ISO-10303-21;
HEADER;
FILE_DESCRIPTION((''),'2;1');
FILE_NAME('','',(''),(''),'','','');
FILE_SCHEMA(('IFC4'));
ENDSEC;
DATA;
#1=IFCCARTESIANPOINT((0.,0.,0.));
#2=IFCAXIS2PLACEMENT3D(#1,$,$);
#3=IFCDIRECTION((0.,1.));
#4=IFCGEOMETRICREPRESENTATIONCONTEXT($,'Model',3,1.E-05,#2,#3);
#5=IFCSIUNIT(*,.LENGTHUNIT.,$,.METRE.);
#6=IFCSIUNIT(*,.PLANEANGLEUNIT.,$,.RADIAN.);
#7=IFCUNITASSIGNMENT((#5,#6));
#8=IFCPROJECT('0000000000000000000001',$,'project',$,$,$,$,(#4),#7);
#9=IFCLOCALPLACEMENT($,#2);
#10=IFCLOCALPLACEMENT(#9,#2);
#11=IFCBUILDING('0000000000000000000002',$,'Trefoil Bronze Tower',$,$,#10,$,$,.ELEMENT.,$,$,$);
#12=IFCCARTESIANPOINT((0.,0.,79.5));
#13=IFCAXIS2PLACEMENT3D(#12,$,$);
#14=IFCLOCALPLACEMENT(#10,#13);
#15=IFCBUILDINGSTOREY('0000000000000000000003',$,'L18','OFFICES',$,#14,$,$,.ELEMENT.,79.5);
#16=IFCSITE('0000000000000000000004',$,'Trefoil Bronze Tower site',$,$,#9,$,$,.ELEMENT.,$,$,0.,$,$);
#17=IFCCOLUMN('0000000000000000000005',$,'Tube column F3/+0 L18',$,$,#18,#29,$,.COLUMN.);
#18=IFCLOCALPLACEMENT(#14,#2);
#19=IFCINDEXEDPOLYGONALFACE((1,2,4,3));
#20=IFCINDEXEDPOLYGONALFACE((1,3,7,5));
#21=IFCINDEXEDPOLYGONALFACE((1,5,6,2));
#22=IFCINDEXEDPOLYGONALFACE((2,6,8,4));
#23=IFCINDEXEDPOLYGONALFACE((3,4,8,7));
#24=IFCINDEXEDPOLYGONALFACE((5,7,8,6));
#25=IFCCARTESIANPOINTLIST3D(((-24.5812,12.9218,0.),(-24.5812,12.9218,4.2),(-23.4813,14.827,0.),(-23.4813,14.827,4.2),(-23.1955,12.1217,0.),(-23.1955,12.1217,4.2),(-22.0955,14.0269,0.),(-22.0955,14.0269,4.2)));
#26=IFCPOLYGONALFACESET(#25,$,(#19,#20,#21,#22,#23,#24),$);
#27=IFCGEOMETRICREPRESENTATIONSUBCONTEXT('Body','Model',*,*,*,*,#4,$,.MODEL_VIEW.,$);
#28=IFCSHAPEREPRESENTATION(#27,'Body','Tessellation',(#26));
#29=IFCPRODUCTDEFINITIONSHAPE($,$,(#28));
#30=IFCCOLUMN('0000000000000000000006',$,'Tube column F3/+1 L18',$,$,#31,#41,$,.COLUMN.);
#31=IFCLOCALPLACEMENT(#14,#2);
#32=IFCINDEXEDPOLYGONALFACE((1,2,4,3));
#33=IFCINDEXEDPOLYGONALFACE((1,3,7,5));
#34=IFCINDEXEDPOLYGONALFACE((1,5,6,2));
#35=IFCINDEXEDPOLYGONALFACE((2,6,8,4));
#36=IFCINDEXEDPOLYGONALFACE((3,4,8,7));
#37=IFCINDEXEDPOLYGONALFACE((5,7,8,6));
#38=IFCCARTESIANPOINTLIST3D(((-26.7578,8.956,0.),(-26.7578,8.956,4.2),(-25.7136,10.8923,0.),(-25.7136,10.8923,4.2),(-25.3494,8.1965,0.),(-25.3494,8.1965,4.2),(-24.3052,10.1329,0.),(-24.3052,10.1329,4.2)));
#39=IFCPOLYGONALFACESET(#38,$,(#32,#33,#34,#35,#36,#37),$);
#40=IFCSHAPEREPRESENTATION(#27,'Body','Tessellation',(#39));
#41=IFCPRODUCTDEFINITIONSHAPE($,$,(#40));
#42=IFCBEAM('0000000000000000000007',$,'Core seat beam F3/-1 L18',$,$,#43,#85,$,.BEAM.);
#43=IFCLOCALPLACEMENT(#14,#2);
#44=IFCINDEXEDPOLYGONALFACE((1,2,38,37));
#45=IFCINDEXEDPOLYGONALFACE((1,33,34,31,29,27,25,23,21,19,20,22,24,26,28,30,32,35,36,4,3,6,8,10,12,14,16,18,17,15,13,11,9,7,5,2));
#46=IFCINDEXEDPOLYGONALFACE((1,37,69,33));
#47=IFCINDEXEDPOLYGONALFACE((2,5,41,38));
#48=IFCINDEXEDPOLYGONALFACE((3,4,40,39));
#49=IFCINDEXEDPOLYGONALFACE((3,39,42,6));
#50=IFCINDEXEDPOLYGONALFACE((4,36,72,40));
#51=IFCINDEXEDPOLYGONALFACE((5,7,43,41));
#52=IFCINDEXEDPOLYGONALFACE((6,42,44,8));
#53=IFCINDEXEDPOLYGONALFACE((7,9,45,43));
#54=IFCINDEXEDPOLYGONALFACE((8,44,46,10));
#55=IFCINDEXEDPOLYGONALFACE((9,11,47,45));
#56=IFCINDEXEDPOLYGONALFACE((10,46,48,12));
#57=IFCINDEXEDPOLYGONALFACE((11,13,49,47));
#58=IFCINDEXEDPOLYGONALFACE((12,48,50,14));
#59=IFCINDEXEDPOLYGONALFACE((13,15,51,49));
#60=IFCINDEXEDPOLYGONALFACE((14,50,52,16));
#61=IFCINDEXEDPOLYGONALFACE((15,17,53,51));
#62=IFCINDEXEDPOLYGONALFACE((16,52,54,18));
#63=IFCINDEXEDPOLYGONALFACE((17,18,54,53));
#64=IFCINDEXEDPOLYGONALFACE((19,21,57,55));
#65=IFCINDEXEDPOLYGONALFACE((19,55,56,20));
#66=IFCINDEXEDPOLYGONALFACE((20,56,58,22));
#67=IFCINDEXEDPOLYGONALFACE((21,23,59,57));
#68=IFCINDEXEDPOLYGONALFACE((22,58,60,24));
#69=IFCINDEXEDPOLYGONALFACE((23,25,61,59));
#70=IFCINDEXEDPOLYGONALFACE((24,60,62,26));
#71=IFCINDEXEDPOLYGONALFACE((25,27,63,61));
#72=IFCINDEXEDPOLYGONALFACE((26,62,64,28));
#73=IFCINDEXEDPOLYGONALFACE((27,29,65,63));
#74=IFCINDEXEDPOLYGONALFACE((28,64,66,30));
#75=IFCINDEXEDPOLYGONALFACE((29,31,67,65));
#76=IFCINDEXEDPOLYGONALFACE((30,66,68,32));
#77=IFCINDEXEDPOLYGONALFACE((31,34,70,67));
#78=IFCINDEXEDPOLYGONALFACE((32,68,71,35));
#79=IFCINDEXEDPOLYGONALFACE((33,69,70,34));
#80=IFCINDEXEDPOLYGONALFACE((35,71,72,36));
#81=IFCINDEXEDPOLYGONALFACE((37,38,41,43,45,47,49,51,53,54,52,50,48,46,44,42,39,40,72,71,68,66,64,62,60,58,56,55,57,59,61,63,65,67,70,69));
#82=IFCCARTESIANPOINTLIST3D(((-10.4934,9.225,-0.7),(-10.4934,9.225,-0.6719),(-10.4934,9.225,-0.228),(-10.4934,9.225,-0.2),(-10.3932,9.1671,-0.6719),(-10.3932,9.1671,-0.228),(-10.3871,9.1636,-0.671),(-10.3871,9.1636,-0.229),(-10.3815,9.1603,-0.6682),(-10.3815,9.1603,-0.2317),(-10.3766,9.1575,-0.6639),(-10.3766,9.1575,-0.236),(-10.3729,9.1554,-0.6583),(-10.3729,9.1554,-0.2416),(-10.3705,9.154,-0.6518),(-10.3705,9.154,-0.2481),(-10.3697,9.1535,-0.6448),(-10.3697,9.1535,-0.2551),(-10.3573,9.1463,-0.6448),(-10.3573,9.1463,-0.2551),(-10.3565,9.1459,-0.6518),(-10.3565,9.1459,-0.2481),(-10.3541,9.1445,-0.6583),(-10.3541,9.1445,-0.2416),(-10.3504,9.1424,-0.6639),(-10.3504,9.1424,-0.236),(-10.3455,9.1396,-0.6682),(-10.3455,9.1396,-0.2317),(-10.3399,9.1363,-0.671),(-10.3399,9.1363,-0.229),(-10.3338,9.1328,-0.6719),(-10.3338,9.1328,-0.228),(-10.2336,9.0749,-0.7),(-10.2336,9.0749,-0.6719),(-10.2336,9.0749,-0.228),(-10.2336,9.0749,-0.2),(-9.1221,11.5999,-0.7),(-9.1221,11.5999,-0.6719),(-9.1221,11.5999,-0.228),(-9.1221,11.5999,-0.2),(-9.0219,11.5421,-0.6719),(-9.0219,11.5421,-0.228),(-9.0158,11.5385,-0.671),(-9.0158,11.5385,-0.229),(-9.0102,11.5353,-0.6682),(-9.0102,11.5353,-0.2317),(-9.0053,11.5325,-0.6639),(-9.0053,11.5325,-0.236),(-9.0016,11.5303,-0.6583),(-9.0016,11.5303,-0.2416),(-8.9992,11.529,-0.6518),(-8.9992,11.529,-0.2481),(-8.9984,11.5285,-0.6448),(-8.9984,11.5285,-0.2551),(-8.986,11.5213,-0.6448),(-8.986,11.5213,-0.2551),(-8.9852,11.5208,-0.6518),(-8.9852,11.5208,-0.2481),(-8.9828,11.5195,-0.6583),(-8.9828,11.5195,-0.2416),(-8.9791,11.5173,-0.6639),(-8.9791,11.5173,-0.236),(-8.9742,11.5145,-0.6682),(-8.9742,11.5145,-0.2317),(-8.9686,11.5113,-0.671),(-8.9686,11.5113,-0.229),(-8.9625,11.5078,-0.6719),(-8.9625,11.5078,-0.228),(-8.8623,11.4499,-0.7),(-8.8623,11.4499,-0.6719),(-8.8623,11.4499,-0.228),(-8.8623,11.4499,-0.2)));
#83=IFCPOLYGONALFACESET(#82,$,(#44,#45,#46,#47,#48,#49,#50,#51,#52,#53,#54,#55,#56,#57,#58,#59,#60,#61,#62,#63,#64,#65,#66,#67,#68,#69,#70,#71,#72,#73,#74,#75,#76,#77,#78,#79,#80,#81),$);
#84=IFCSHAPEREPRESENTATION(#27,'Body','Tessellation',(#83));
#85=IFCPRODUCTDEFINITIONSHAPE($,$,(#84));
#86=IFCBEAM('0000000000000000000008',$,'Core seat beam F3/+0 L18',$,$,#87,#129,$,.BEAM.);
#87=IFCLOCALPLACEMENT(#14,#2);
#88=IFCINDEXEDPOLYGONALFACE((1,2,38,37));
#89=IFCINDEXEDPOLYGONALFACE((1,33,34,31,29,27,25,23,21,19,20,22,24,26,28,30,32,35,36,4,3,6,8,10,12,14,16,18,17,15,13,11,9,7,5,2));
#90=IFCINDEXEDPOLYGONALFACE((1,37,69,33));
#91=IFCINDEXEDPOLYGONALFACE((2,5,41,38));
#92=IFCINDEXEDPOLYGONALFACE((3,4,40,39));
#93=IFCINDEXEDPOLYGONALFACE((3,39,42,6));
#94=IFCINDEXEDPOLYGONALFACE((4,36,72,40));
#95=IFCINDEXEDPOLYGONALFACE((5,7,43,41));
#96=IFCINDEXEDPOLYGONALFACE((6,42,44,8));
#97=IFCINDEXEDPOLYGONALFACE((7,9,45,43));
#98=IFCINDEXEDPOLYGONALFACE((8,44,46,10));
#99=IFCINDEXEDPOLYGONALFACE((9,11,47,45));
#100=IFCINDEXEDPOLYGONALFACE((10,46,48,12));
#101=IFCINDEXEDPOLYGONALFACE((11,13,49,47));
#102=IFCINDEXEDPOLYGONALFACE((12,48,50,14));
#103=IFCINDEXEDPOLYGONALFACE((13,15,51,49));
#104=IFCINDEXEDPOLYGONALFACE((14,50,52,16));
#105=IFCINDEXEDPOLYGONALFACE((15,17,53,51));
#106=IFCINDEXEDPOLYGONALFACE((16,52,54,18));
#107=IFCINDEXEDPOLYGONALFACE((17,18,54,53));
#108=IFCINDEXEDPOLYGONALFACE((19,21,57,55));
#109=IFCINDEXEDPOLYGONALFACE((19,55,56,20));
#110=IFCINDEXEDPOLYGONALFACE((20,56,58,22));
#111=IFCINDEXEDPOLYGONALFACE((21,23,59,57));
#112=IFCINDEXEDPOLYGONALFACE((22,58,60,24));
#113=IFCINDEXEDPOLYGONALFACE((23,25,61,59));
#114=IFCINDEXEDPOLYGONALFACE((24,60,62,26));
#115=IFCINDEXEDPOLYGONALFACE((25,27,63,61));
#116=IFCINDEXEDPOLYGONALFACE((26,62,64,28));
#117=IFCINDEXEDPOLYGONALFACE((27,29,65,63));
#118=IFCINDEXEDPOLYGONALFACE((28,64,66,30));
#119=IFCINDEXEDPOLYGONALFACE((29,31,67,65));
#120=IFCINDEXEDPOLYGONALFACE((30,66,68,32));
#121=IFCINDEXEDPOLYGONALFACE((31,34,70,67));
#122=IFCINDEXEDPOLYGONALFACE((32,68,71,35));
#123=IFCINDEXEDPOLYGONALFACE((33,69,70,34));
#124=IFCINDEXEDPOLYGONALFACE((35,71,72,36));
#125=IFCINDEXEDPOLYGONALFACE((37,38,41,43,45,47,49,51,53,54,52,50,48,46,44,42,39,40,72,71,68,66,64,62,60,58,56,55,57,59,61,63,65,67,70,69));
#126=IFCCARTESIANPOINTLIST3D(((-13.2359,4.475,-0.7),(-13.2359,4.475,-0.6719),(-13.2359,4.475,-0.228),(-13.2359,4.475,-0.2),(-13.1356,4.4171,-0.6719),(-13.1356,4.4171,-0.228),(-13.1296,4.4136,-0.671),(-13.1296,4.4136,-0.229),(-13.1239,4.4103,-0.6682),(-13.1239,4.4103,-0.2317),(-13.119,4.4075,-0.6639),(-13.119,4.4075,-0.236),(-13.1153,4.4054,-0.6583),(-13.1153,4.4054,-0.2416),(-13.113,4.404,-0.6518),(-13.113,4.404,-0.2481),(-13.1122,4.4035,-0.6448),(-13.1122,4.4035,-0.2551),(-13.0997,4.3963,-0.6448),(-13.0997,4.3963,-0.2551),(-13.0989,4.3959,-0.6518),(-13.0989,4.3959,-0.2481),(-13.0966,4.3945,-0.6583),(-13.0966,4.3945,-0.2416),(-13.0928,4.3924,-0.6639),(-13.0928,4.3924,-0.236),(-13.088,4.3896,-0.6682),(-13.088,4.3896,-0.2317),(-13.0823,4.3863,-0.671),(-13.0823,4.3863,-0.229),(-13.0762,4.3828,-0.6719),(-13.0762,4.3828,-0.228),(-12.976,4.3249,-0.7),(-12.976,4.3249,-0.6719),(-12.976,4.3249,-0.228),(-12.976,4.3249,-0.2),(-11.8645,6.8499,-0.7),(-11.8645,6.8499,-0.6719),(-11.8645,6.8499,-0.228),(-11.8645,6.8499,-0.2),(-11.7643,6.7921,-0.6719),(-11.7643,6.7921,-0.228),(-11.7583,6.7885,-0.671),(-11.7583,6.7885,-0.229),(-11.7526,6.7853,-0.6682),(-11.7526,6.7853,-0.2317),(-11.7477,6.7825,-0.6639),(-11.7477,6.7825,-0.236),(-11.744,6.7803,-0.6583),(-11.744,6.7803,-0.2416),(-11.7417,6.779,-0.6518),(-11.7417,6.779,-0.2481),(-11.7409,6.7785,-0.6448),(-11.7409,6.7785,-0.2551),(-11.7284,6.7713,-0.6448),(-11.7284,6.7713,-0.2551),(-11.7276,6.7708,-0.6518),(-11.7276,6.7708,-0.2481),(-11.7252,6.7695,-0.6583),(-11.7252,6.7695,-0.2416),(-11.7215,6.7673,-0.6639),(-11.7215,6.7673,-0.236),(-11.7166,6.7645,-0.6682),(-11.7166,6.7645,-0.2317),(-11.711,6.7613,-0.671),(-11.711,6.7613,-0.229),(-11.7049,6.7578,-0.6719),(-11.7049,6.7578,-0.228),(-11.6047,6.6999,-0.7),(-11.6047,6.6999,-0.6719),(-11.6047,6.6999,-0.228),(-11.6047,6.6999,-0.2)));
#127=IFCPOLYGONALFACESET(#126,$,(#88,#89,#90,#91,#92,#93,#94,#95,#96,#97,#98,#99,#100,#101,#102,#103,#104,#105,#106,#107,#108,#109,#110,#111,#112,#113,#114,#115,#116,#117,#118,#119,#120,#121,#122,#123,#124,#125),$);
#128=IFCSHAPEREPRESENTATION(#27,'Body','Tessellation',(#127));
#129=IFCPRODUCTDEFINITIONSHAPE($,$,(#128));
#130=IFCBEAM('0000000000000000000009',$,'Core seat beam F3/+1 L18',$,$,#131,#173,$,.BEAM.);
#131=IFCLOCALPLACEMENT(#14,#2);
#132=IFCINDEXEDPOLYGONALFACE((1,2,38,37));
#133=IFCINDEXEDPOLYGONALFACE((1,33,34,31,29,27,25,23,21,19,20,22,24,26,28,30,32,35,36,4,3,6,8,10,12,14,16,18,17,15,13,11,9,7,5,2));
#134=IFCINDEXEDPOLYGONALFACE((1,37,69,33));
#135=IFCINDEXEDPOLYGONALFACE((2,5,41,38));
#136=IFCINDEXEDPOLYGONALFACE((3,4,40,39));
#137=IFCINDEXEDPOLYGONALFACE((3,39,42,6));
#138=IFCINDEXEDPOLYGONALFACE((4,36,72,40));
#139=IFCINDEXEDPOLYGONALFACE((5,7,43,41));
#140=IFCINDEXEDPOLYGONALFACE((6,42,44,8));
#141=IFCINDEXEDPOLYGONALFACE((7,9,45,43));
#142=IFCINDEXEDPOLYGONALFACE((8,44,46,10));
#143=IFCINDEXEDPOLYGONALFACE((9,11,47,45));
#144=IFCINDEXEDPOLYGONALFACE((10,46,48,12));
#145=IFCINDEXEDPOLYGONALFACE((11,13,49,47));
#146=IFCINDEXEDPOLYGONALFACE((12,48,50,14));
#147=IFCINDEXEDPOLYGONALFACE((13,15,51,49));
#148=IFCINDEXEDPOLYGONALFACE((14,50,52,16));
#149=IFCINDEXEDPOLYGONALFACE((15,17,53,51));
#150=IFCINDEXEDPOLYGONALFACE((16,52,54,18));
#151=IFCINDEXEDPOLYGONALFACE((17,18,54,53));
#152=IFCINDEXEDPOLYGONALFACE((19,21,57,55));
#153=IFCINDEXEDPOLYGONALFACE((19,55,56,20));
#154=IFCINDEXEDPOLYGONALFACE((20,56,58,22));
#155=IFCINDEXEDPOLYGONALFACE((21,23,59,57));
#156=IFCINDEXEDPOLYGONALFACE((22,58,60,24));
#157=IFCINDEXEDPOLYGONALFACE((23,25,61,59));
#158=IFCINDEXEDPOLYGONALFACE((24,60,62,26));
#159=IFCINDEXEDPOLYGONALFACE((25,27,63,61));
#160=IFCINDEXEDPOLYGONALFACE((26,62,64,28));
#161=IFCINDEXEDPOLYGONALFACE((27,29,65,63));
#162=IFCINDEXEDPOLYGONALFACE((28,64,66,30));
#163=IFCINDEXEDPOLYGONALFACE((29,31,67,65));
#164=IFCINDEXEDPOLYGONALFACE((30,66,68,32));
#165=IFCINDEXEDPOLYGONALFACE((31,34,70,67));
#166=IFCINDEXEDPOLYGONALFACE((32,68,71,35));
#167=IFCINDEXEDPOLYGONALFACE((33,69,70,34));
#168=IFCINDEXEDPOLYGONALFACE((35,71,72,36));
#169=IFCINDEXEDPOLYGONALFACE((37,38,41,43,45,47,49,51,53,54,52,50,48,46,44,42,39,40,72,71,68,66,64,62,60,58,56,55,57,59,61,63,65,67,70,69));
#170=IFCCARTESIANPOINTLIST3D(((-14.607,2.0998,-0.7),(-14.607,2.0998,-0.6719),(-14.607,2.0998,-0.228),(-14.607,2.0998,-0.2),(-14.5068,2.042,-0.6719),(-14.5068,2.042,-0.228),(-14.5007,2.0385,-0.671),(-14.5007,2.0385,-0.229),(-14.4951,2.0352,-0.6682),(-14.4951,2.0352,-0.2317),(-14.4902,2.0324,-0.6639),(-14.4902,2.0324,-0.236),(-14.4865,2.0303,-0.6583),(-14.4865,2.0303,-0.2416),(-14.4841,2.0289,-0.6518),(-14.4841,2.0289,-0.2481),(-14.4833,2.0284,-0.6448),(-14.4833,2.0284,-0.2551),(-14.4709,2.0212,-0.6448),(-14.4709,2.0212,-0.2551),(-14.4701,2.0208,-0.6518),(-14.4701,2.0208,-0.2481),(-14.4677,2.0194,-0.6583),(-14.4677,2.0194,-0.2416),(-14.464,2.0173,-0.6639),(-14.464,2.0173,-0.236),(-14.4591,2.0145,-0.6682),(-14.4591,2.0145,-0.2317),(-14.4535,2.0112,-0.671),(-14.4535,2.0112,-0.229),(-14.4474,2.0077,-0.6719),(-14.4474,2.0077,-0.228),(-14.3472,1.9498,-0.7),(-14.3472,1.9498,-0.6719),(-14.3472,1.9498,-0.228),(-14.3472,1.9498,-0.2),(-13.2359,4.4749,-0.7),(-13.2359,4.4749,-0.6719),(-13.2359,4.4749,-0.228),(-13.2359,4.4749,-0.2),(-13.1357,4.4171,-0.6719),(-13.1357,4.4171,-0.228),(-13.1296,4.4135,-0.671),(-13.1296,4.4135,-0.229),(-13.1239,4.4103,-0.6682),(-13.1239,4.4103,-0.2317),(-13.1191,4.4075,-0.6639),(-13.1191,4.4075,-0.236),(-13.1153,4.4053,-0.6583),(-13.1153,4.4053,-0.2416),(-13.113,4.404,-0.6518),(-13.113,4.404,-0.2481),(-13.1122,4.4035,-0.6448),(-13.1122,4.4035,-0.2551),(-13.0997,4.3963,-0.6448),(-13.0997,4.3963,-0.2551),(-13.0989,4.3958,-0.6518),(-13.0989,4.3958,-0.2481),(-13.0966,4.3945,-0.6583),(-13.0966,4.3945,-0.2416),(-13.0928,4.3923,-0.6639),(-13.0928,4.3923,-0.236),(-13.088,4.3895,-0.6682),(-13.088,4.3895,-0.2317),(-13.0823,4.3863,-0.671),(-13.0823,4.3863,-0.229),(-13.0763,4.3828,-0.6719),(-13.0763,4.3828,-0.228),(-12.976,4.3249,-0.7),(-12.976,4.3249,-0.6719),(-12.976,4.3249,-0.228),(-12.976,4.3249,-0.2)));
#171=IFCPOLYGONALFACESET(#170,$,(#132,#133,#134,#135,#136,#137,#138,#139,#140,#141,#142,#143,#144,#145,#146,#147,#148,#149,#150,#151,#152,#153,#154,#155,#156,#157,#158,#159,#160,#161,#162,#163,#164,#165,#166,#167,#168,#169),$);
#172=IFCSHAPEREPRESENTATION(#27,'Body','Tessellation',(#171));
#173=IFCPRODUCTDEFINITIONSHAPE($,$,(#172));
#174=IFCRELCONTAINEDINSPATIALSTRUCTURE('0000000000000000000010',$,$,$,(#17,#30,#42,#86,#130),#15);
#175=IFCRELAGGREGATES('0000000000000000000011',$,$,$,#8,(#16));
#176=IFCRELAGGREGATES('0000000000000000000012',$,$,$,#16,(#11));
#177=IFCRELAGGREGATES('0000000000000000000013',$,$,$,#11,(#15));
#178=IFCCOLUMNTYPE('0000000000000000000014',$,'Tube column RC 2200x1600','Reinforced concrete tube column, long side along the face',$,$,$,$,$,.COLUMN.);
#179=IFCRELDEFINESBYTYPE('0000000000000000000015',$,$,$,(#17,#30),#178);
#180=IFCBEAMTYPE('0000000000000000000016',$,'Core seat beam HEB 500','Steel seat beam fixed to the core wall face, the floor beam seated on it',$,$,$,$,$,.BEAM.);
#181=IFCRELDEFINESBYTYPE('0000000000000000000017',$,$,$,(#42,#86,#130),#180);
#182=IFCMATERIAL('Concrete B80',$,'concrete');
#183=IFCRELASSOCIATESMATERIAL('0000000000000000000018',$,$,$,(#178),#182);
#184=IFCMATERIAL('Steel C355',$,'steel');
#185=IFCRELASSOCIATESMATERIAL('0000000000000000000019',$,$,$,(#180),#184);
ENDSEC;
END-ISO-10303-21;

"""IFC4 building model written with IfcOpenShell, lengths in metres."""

from ifc_helpers import new_model, si_unit, direction, frame, origin, origin_2d, place, context, subcontext, project, spatial, rectangle, i_section, extrude, material, material_profile, profile_set, type_object, element, save


model = new_model("IFC4")

# Units and contexts
model_context = context("Model", 3, precision=1e-05, world=origin(), true_north=direction((0.0, 1.0)))
body_context = subcontext(model_context, "Body", "Model", "MODEL_VIEW")
ifc_project = project(units=[si_unit("LENGTHUNIT", "METRE"), si_unit("PLANEANGLEUNIT", "RADIAN")], contexts=[model_context])

# Site, building, storey
site_placement = place(None, origin())
site = spatial("IfcSite", under=ifc_project, at=site_placement, Name="Trefoil Bronze Tower site", CompositionType="ELEMENT", RefElevation=0.0)
building_placement = place(site_placement, origin())
building = spatial("IfcBuilding", under=site, at=building_placement, Name="Trefoil Bronze Tower", CompositionType="ELEMENT")
storey_placement = place(building_placement, frame((0.0, 0.0, 79.5)))
storey = spatial("IfcBuildingStorey", under=building, at=storey_placement, Name="L18", Description="OFFICES", CompositionType="ELEMENT", Elevation=79.5)

# Columns
ifc_material_1 = material(Name="Concrete B80", Category="concrete")
ifc_material_profile_1 = material_profile(ifc_material_1, rectangle(XDim=2.2, YDim=1.6001, at=origin_2d()), Name="RC 2200x1600")
ifc_profile_set_1 = profile_set([ifc_material_profile_1], Name="Concrete B80")
column_type = type_object("IfcColumnType", Name="Tube column RC 2200x1600", Description="Reinforced concrete tube column, long side along the face", PredefinedType="COLUMN", material=ifc_profile_set_1)
for number, where, z_axis, x_axis, name in (
    (1, (-23.3384, 13.4744, 0.0), (0.0, 0.0, 1.0), (-0.5, -0.866025, 0.0), "Tube column F3/+0 L18"),
    (2, (-25.5315, 9.5444, 0.0), (0.0, 0.0, 1.0), (-0.474656, -0.880171, 0.0), "Tube column F3/+1 L18"),
):
    element("IfcColumn", number, at=place(storey_placement, frame(where, z_axis=z_axis, x_axis=x_axis)), inside=storey, type_object=column_type, Name=name, PredefinedType="COLUMN", context=body_context, shape_type="SweptSolid", body=[
        extrude(rectangle(XDim=2.2, YDim=1.6001, at=origin_2d()), origin(), (0.0, 0.0, 1.0), 4.2),
    ])

# Beams
ifc_material_2 = material(Name="Steel C355", Category="steel")
ifc_material_profile_2 = material_profile(ifc_material_2, i_section(OverallWidth=0.3, OverallDepth=0.5, WebThickness=0.0144, FlangeThickness=0.0281, FilletRadius=0.0271, at=origin_2d()), Name="HEB 500")
ifc_profile_set_2 = profile_set([ifc_material_profile_2], Name="Steel C355")
beam_type_1 = type_object("IfcBeamType", Name="Core seat beam HEB 500", Description="Steel seat beam fixed to the core wall face, the floor beam seated on it", PredefinedType="BEAM", material=ifc_profile_set_2)
for number, where, z_axis, x_axis, name in (
    (3, (-8.9922, 11.5249, -0.45), (-0.500036, -0.866005, 0.0), (0.866005, -0.500036, 0.0), "Core seat beam F3/-1 L18"),
    (4, (-11.7346, 6.7749, -0.45), (-0.500036, -0.866005, 0.0), (0.866005, -0.500036, 0.0), "Core seat beam F3/+0 L18"),
    (5, (-13.106, 4.3999, -0.45), (-0.499969, -0.866043, 0.0), (0.866043, -0.499969, 0.0), "Core seat beam F3/+1 L18"),
):
    element("IfcBeam", number, at=place(storey_placement, frame(where, z_axis=z_axis, x_axis=x_axis)), inside=storey, type_object=beam_type_1, Name=name, PredefinedType="BEAM", context=body_context, shape_type="SweptSolid", body=[
        extrude(i_section(OverallWidth=0.3, OverallDepth=0.5, WebThickness=0.0144, FlangeThickness=0.0281, FilletRadius=0.0271, at=origin_2d()), origin(), (0.0, 0.0, 1.0), 2.7424),
    ])

save(model, "model.ifc")
